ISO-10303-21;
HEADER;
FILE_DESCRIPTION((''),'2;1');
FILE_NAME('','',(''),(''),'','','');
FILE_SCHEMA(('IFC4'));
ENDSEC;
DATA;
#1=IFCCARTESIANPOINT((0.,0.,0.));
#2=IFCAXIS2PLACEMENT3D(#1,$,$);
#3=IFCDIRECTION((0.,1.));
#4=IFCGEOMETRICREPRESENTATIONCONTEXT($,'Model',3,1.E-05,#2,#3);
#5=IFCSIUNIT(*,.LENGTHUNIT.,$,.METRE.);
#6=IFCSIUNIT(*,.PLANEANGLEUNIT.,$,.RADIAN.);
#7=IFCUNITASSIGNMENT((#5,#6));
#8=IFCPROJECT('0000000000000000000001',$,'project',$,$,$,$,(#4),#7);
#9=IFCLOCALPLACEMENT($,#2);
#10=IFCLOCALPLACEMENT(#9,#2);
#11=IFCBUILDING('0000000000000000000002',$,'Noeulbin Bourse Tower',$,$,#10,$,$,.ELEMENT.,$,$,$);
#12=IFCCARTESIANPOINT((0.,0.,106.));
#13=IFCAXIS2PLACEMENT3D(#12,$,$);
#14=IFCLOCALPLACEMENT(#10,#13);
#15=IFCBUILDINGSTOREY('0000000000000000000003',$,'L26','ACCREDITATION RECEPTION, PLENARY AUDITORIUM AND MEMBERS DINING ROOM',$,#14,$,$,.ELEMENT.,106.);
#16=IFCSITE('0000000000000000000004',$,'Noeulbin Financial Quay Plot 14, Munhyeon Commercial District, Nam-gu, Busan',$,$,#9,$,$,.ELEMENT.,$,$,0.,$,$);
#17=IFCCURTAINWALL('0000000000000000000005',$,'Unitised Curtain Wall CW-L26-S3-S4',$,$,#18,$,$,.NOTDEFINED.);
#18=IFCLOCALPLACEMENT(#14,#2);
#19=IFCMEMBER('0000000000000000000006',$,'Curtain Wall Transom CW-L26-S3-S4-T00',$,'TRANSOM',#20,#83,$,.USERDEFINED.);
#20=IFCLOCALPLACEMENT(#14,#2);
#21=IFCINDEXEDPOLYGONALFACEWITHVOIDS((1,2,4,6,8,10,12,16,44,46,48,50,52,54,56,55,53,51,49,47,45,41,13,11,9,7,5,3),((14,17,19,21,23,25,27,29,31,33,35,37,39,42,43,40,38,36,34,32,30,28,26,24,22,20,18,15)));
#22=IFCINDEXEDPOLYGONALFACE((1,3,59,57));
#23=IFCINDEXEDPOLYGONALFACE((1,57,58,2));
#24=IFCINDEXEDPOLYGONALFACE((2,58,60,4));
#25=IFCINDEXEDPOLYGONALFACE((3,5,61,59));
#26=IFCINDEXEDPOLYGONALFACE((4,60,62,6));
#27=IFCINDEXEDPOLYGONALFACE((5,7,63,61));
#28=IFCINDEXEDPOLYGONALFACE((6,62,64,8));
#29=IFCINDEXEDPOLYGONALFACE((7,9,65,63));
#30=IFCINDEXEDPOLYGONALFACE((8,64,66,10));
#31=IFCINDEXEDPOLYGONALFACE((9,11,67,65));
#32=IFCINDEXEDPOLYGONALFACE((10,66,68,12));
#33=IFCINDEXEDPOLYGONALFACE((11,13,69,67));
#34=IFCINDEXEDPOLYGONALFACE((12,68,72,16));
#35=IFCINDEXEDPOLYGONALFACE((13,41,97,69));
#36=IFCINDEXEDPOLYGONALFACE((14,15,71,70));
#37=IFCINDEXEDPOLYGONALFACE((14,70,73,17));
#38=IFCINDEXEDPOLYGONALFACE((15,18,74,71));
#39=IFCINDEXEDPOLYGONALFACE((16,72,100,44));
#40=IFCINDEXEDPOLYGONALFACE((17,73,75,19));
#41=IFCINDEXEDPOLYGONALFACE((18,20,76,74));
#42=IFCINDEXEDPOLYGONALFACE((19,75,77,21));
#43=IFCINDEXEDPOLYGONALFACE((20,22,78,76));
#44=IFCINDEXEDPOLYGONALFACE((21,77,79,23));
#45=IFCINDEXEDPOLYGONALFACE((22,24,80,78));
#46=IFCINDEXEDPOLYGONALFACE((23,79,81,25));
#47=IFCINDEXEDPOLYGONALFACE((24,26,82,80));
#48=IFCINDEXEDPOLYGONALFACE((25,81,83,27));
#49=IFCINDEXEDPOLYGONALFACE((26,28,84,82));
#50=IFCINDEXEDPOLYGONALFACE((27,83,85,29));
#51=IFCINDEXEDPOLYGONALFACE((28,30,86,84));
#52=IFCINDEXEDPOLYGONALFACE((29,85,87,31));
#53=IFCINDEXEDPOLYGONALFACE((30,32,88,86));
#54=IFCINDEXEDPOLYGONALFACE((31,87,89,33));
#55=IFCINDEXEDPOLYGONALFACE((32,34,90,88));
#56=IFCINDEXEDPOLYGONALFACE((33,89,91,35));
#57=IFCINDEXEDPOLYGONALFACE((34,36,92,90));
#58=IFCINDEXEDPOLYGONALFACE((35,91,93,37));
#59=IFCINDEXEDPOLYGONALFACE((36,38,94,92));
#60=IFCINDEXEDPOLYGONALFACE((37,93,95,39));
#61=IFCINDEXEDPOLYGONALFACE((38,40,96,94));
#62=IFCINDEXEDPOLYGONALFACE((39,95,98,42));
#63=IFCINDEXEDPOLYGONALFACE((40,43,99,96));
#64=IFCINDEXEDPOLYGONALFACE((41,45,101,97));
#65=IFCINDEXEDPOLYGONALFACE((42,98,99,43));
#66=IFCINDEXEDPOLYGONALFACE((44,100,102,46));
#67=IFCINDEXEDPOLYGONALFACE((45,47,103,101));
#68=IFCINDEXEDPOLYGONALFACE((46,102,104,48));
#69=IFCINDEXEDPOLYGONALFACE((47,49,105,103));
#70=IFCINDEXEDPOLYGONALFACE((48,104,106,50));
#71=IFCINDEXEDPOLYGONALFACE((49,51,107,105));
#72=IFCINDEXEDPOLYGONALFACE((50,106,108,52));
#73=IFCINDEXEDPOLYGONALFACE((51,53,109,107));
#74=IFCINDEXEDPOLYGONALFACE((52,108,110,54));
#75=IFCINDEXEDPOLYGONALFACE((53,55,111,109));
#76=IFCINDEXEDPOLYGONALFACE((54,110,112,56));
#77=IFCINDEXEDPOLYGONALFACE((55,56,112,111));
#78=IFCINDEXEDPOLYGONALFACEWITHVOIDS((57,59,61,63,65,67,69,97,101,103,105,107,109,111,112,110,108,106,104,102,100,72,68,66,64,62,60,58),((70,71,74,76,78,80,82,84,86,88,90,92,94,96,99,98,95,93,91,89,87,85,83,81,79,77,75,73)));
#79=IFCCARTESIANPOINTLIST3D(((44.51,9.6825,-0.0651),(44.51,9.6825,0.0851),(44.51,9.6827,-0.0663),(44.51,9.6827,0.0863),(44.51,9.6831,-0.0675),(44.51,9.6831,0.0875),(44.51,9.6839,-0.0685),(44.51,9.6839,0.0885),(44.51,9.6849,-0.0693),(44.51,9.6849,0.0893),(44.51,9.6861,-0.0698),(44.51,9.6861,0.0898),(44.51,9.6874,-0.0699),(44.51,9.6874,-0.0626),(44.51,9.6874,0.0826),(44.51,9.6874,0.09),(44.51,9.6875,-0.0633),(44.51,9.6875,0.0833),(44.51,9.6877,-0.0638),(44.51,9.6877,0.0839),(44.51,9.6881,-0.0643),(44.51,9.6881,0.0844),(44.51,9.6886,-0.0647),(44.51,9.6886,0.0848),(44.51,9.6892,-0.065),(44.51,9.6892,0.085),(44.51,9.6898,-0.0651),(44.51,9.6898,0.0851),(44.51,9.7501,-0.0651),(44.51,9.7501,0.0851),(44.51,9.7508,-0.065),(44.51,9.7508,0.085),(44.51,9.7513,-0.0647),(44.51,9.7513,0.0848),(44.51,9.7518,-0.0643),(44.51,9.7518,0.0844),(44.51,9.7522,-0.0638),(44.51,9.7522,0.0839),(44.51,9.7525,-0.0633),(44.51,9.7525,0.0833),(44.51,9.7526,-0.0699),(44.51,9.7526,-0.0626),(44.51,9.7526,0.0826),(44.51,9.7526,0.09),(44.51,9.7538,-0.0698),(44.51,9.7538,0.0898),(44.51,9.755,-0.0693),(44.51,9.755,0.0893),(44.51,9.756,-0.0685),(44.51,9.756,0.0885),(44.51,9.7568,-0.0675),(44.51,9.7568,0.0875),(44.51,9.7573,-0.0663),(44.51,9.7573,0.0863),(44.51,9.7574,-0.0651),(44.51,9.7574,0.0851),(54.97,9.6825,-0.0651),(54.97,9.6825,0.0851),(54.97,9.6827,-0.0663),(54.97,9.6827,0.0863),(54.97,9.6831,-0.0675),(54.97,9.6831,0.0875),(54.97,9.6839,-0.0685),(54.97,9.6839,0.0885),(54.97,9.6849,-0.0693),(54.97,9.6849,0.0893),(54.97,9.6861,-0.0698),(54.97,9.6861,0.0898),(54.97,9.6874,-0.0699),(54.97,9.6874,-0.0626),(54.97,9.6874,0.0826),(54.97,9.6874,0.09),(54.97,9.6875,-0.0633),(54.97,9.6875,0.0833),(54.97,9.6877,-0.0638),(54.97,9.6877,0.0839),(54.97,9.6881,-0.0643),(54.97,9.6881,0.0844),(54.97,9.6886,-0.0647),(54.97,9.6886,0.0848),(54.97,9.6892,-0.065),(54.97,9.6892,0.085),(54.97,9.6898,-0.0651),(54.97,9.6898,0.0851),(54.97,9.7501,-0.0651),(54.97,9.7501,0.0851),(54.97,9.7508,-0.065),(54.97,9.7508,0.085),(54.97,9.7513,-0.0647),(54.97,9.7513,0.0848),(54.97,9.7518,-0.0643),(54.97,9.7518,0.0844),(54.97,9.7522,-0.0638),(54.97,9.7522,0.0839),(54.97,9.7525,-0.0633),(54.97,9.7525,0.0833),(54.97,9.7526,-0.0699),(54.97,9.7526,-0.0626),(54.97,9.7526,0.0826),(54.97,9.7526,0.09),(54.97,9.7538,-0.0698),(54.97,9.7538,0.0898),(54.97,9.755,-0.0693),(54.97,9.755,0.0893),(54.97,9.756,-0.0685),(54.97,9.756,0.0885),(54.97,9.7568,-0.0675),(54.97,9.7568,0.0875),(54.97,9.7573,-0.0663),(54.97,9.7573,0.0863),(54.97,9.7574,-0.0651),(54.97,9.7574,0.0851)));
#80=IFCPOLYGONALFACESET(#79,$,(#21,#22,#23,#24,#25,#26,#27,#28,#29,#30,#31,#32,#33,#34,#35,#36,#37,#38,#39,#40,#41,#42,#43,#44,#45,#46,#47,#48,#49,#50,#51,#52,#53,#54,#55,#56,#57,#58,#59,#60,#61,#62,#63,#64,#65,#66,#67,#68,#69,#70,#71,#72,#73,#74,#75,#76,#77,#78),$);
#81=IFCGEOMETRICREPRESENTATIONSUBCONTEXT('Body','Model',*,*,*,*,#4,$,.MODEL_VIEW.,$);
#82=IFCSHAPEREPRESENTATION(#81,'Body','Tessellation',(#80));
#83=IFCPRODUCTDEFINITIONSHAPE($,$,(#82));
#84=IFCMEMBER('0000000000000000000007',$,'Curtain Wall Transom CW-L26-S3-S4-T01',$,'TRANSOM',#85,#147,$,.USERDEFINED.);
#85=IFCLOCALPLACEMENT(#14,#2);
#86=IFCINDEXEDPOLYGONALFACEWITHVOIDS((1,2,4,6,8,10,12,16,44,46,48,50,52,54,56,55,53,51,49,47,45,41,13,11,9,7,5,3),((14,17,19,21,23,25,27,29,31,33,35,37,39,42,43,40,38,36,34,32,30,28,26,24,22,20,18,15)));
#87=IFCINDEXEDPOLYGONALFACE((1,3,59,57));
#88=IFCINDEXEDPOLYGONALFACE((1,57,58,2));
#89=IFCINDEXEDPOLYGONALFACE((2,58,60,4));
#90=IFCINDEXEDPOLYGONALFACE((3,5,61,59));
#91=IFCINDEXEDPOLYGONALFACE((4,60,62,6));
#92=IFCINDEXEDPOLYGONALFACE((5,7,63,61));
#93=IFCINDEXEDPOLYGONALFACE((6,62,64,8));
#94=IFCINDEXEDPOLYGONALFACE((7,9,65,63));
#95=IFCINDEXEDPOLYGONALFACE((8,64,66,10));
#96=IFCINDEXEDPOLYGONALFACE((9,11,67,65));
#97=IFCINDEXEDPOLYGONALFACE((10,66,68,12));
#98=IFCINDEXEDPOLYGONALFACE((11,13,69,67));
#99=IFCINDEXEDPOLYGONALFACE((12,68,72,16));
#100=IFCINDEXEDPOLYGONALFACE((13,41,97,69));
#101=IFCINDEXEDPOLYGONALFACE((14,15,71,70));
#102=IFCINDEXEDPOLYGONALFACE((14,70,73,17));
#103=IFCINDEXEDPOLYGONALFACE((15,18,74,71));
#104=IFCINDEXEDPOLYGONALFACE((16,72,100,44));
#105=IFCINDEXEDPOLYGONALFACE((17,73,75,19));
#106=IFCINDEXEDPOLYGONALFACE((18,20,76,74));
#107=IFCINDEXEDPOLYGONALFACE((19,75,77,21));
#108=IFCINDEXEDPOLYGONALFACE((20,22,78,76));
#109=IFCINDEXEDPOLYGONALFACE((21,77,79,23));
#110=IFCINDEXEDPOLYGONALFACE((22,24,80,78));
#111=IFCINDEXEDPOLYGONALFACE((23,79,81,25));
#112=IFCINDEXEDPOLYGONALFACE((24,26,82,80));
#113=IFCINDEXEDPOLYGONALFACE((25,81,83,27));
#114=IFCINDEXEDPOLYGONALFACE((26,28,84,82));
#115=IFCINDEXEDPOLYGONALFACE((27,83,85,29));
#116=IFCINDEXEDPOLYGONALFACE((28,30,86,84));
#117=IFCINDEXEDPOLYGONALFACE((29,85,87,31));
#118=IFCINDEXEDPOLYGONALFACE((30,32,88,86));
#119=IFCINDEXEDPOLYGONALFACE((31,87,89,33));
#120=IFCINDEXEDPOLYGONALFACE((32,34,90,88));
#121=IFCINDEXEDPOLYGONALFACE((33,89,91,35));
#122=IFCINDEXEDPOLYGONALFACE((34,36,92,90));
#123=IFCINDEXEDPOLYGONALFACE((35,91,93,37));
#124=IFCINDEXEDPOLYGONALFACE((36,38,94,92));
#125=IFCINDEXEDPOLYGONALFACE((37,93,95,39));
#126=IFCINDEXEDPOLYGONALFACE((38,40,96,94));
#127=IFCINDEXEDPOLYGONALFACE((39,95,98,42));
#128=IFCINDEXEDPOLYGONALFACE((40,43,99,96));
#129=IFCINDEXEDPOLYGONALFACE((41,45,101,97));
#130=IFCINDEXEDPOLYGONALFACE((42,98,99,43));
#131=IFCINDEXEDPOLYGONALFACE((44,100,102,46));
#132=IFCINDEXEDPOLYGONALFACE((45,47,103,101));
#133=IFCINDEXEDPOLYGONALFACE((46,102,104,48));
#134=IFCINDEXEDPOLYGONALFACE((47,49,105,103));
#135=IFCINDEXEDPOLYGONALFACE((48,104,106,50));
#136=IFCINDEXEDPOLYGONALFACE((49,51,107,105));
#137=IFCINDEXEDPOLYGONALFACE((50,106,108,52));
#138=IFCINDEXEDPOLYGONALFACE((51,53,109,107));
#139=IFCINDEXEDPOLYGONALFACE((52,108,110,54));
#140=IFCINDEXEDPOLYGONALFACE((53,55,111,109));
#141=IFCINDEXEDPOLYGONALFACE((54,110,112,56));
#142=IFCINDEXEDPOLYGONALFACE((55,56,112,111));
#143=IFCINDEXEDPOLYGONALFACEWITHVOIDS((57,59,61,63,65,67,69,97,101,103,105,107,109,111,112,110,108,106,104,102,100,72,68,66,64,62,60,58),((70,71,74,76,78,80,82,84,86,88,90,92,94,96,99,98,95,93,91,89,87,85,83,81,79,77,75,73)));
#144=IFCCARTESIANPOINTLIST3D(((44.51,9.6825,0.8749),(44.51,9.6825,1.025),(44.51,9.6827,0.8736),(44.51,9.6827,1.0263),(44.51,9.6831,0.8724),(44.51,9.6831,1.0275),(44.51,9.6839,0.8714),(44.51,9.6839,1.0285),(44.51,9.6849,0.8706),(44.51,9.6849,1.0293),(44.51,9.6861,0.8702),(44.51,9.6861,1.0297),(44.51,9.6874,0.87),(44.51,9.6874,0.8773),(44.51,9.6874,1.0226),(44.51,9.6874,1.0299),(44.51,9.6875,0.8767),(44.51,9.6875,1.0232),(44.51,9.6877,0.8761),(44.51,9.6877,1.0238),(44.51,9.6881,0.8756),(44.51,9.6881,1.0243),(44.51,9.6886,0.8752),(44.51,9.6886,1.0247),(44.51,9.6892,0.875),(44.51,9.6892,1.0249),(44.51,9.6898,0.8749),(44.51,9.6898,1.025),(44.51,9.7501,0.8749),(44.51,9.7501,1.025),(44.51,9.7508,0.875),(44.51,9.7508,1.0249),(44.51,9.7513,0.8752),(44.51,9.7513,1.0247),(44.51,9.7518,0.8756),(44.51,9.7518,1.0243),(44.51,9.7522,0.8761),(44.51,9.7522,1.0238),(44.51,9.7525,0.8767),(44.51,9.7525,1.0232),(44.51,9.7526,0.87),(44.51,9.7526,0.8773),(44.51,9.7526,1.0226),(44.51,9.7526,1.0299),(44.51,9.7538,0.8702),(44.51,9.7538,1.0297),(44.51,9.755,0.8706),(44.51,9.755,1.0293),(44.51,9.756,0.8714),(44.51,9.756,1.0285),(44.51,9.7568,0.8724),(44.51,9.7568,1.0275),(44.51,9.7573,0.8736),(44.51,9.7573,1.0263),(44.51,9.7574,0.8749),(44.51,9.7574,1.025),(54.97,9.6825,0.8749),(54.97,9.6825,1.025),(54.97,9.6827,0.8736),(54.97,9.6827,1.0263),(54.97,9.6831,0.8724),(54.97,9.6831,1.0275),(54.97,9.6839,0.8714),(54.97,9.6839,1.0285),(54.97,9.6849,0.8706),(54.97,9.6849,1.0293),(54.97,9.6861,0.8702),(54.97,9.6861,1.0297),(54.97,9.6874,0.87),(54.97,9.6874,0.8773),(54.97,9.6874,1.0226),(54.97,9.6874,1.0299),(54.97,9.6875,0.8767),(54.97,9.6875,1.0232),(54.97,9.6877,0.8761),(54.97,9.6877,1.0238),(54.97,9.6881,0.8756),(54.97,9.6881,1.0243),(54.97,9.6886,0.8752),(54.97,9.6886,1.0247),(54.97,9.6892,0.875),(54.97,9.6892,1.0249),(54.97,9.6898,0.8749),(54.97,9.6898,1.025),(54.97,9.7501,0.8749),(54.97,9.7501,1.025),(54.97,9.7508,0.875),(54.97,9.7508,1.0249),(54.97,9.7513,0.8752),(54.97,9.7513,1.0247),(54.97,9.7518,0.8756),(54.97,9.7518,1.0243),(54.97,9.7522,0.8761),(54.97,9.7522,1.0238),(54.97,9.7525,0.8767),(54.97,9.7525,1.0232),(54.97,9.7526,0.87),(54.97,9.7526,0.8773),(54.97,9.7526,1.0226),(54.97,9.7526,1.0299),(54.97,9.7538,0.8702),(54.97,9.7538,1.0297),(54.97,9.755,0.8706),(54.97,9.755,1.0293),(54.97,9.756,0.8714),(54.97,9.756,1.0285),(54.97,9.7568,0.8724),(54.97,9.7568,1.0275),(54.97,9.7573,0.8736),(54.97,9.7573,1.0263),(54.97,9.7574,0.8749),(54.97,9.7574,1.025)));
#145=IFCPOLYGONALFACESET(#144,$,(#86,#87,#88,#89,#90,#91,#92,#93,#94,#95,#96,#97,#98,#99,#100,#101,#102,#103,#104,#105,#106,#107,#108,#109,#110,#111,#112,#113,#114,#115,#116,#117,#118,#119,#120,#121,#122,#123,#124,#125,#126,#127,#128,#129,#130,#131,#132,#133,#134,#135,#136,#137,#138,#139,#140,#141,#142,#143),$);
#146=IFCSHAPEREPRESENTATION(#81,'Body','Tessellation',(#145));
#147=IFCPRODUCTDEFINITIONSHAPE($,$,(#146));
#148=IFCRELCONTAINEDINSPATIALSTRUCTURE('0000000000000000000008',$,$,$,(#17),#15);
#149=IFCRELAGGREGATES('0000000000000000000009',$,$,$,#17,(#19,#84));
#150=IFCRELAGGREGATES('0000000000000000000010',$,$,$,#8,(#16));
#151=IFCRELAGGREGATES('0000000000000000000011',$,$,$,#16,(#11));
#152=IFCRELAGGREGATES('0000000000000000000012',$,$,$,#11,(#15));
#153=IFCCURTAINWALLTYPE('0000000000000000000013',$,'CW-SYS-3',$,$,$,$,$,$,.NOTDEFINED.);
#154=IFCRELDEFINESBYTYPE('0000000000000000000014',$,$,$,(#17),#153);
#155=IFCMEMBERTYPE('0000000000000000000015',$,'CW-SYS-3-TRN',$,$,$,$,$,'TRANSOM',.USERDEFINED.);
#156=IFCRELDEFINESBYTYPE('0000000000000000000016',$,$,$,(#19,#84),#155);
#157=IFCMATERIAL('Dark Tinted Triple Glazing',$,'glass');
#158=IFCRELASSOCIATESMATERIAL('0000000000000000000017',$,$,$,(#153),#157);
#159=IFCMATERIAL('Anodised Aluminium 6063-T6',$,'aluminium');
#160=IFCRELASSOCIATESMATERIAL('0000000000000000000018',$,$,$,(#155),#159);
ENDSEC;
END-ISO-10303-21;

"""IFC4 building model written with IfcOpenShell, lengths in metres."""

from ifc_helpers import new_model, si_unit, direction, frame, origin, origin_2d, place, context, subcontext, project, spatial, hollow_rectangle, extrude, material, material_profile, profile_set, type_object, element, aggregate, save


model = new_model("IFC4")

# Units and contexts
model_context = context("Model", 3, precision=1e-05, world=origin(), true_north=direction((0.0, 1.0)))
body_context = subcontext(model_context, "Body", "Model", "MODEL_VIEW")
ifc_project = project(units=[si_unit("LENGTHUNIT", "METRE"), si_unit("PLANEANGLEUNIT", "RADIAN")], contexts=[model_context])

# Site, building, storey
site_placement = place(None, origin())
site = spatial("IfcSite", under=ifc_project, at=site_placement, Name="Noeulbin Financial Quay Plot 14, Munhyeon Commercial District, Nam-gu, Busan", CompositionType="ELEMENT", RefElevation=0.0)
building_placement = place(site_placement, origin())
building = spatial("IfcBuilding", under=site, at=building_placement, Name="Noeulbin Bourse Tower", CompositionType="ELEMENT")
storey_placement = place(building_placement, frame((0.0, 0.0, 106.0)))
storey = spatial("IfcBuildingStorey", under=building, at=storey_placement, Name="L26", Description="ACCREDITATION RECEPTION, PLENARY AUDITORIUM AND MEMBERS DINING ROOM", CompositionType="ELEMENT", Elevation=106.0)

# Shared definitions
ifc_material_1 = material(Name="Dark Tinted Triple Glazing", Category="glass")
curtain_wall_type = type_object("IfcCurtainWallType", Name="CW-SYS-3", PredefinedType="NOTDEFINED", material=ifc_material_1)
ifc_material_2 = material(Name="Anodised Aluminium 6063-T6", Category="aluminium")

# Curtain wall
curtain_wall_1_placement = place(storey_placement, origin())
curtain_wall_1 = element("IfcCurtainWall", 1, at=curtain_wall_1_placement, inside=storey, type_object=curtain_wall_type, Name="Unitised Curtain Wall CW-L26-S3-S4", PredefinedType="NOTDEFINED")

# Members
ifc_material_profile_1 = material_profile(ifc_material_2, hollow_rectangle(XDim=0.075, YDim=0.1599, WallThickness=0.0049, InnerFilletRadius=0.0024, OuterFilletRadius=0.0049, at=origin_2d()), Name="ALU-TRAN-75x160x5", Category="LoadBearing")
ifc_profile_set_1 = profile_set([ifc_material_profile_1], Name="Anodised Aluminium 6063-T6")
member_type_1 = type_object("IfcMemberType", Name="CW-SYS-3-TRN", ElementType="TRANSOM", PredefinedType="USERDEFINED", material=ifc_profile_set_1)
member_1_placement = place(storey_placement, frame((44.51, 9.72, 0.01), z_axis=(1.0, 0.0, 0.0), x_axis=(0.0, 1.0, 0.0)))
member_1 = element("IfcMember", 2, at=member_1_placement, type_object=member_type_1, Name="Curtain Wall Transom CW-L26-S3-S4-T00", ObjectType="TRANSOM", PredefinedType="USERDEFINED", context=body_context, shape_type="SweptSolid", body=[
    extrude(hollow_rectangle(XDim=0.075, YDim=0.1599, WallThickness=0.0049, InnerFilletRadius=0.0024, OuterFilletRadius=0.0049, at=origin_2d()), origin(), (0.0, 0.0, 1.0), 10.46),
])
member_2_placement = place(storey_placement, frame((44.51, 9.72, 0.95), z_axis=(1.0, 0.0, 0.0), x_axis=(0.0, 1.0, 0.0)))
member_2 = element("IfcMember", 3, at=member_2_placement, type_object=member_type_1, Name="Curtain Wall Transom CW-L26-S3-S4-T01", ObjectType="TRANSOM", PredefinedType="USERDEFINED", context=body_context, shape_type="SweptSolid", body=[
    extrude(hollow_rectangle(XDim=0.075, YDim=0.1599, WallThickness=0.0049, InnerFilletRadius=0.0024, OuterFilletRadius=0.0049, at=origin_2d()), origin(), (0.0, 0.0, 1.0), 10.46),
])

aggregate(curtain_wall_1, [member_1, member_2])

save(model, "model.ifc")
